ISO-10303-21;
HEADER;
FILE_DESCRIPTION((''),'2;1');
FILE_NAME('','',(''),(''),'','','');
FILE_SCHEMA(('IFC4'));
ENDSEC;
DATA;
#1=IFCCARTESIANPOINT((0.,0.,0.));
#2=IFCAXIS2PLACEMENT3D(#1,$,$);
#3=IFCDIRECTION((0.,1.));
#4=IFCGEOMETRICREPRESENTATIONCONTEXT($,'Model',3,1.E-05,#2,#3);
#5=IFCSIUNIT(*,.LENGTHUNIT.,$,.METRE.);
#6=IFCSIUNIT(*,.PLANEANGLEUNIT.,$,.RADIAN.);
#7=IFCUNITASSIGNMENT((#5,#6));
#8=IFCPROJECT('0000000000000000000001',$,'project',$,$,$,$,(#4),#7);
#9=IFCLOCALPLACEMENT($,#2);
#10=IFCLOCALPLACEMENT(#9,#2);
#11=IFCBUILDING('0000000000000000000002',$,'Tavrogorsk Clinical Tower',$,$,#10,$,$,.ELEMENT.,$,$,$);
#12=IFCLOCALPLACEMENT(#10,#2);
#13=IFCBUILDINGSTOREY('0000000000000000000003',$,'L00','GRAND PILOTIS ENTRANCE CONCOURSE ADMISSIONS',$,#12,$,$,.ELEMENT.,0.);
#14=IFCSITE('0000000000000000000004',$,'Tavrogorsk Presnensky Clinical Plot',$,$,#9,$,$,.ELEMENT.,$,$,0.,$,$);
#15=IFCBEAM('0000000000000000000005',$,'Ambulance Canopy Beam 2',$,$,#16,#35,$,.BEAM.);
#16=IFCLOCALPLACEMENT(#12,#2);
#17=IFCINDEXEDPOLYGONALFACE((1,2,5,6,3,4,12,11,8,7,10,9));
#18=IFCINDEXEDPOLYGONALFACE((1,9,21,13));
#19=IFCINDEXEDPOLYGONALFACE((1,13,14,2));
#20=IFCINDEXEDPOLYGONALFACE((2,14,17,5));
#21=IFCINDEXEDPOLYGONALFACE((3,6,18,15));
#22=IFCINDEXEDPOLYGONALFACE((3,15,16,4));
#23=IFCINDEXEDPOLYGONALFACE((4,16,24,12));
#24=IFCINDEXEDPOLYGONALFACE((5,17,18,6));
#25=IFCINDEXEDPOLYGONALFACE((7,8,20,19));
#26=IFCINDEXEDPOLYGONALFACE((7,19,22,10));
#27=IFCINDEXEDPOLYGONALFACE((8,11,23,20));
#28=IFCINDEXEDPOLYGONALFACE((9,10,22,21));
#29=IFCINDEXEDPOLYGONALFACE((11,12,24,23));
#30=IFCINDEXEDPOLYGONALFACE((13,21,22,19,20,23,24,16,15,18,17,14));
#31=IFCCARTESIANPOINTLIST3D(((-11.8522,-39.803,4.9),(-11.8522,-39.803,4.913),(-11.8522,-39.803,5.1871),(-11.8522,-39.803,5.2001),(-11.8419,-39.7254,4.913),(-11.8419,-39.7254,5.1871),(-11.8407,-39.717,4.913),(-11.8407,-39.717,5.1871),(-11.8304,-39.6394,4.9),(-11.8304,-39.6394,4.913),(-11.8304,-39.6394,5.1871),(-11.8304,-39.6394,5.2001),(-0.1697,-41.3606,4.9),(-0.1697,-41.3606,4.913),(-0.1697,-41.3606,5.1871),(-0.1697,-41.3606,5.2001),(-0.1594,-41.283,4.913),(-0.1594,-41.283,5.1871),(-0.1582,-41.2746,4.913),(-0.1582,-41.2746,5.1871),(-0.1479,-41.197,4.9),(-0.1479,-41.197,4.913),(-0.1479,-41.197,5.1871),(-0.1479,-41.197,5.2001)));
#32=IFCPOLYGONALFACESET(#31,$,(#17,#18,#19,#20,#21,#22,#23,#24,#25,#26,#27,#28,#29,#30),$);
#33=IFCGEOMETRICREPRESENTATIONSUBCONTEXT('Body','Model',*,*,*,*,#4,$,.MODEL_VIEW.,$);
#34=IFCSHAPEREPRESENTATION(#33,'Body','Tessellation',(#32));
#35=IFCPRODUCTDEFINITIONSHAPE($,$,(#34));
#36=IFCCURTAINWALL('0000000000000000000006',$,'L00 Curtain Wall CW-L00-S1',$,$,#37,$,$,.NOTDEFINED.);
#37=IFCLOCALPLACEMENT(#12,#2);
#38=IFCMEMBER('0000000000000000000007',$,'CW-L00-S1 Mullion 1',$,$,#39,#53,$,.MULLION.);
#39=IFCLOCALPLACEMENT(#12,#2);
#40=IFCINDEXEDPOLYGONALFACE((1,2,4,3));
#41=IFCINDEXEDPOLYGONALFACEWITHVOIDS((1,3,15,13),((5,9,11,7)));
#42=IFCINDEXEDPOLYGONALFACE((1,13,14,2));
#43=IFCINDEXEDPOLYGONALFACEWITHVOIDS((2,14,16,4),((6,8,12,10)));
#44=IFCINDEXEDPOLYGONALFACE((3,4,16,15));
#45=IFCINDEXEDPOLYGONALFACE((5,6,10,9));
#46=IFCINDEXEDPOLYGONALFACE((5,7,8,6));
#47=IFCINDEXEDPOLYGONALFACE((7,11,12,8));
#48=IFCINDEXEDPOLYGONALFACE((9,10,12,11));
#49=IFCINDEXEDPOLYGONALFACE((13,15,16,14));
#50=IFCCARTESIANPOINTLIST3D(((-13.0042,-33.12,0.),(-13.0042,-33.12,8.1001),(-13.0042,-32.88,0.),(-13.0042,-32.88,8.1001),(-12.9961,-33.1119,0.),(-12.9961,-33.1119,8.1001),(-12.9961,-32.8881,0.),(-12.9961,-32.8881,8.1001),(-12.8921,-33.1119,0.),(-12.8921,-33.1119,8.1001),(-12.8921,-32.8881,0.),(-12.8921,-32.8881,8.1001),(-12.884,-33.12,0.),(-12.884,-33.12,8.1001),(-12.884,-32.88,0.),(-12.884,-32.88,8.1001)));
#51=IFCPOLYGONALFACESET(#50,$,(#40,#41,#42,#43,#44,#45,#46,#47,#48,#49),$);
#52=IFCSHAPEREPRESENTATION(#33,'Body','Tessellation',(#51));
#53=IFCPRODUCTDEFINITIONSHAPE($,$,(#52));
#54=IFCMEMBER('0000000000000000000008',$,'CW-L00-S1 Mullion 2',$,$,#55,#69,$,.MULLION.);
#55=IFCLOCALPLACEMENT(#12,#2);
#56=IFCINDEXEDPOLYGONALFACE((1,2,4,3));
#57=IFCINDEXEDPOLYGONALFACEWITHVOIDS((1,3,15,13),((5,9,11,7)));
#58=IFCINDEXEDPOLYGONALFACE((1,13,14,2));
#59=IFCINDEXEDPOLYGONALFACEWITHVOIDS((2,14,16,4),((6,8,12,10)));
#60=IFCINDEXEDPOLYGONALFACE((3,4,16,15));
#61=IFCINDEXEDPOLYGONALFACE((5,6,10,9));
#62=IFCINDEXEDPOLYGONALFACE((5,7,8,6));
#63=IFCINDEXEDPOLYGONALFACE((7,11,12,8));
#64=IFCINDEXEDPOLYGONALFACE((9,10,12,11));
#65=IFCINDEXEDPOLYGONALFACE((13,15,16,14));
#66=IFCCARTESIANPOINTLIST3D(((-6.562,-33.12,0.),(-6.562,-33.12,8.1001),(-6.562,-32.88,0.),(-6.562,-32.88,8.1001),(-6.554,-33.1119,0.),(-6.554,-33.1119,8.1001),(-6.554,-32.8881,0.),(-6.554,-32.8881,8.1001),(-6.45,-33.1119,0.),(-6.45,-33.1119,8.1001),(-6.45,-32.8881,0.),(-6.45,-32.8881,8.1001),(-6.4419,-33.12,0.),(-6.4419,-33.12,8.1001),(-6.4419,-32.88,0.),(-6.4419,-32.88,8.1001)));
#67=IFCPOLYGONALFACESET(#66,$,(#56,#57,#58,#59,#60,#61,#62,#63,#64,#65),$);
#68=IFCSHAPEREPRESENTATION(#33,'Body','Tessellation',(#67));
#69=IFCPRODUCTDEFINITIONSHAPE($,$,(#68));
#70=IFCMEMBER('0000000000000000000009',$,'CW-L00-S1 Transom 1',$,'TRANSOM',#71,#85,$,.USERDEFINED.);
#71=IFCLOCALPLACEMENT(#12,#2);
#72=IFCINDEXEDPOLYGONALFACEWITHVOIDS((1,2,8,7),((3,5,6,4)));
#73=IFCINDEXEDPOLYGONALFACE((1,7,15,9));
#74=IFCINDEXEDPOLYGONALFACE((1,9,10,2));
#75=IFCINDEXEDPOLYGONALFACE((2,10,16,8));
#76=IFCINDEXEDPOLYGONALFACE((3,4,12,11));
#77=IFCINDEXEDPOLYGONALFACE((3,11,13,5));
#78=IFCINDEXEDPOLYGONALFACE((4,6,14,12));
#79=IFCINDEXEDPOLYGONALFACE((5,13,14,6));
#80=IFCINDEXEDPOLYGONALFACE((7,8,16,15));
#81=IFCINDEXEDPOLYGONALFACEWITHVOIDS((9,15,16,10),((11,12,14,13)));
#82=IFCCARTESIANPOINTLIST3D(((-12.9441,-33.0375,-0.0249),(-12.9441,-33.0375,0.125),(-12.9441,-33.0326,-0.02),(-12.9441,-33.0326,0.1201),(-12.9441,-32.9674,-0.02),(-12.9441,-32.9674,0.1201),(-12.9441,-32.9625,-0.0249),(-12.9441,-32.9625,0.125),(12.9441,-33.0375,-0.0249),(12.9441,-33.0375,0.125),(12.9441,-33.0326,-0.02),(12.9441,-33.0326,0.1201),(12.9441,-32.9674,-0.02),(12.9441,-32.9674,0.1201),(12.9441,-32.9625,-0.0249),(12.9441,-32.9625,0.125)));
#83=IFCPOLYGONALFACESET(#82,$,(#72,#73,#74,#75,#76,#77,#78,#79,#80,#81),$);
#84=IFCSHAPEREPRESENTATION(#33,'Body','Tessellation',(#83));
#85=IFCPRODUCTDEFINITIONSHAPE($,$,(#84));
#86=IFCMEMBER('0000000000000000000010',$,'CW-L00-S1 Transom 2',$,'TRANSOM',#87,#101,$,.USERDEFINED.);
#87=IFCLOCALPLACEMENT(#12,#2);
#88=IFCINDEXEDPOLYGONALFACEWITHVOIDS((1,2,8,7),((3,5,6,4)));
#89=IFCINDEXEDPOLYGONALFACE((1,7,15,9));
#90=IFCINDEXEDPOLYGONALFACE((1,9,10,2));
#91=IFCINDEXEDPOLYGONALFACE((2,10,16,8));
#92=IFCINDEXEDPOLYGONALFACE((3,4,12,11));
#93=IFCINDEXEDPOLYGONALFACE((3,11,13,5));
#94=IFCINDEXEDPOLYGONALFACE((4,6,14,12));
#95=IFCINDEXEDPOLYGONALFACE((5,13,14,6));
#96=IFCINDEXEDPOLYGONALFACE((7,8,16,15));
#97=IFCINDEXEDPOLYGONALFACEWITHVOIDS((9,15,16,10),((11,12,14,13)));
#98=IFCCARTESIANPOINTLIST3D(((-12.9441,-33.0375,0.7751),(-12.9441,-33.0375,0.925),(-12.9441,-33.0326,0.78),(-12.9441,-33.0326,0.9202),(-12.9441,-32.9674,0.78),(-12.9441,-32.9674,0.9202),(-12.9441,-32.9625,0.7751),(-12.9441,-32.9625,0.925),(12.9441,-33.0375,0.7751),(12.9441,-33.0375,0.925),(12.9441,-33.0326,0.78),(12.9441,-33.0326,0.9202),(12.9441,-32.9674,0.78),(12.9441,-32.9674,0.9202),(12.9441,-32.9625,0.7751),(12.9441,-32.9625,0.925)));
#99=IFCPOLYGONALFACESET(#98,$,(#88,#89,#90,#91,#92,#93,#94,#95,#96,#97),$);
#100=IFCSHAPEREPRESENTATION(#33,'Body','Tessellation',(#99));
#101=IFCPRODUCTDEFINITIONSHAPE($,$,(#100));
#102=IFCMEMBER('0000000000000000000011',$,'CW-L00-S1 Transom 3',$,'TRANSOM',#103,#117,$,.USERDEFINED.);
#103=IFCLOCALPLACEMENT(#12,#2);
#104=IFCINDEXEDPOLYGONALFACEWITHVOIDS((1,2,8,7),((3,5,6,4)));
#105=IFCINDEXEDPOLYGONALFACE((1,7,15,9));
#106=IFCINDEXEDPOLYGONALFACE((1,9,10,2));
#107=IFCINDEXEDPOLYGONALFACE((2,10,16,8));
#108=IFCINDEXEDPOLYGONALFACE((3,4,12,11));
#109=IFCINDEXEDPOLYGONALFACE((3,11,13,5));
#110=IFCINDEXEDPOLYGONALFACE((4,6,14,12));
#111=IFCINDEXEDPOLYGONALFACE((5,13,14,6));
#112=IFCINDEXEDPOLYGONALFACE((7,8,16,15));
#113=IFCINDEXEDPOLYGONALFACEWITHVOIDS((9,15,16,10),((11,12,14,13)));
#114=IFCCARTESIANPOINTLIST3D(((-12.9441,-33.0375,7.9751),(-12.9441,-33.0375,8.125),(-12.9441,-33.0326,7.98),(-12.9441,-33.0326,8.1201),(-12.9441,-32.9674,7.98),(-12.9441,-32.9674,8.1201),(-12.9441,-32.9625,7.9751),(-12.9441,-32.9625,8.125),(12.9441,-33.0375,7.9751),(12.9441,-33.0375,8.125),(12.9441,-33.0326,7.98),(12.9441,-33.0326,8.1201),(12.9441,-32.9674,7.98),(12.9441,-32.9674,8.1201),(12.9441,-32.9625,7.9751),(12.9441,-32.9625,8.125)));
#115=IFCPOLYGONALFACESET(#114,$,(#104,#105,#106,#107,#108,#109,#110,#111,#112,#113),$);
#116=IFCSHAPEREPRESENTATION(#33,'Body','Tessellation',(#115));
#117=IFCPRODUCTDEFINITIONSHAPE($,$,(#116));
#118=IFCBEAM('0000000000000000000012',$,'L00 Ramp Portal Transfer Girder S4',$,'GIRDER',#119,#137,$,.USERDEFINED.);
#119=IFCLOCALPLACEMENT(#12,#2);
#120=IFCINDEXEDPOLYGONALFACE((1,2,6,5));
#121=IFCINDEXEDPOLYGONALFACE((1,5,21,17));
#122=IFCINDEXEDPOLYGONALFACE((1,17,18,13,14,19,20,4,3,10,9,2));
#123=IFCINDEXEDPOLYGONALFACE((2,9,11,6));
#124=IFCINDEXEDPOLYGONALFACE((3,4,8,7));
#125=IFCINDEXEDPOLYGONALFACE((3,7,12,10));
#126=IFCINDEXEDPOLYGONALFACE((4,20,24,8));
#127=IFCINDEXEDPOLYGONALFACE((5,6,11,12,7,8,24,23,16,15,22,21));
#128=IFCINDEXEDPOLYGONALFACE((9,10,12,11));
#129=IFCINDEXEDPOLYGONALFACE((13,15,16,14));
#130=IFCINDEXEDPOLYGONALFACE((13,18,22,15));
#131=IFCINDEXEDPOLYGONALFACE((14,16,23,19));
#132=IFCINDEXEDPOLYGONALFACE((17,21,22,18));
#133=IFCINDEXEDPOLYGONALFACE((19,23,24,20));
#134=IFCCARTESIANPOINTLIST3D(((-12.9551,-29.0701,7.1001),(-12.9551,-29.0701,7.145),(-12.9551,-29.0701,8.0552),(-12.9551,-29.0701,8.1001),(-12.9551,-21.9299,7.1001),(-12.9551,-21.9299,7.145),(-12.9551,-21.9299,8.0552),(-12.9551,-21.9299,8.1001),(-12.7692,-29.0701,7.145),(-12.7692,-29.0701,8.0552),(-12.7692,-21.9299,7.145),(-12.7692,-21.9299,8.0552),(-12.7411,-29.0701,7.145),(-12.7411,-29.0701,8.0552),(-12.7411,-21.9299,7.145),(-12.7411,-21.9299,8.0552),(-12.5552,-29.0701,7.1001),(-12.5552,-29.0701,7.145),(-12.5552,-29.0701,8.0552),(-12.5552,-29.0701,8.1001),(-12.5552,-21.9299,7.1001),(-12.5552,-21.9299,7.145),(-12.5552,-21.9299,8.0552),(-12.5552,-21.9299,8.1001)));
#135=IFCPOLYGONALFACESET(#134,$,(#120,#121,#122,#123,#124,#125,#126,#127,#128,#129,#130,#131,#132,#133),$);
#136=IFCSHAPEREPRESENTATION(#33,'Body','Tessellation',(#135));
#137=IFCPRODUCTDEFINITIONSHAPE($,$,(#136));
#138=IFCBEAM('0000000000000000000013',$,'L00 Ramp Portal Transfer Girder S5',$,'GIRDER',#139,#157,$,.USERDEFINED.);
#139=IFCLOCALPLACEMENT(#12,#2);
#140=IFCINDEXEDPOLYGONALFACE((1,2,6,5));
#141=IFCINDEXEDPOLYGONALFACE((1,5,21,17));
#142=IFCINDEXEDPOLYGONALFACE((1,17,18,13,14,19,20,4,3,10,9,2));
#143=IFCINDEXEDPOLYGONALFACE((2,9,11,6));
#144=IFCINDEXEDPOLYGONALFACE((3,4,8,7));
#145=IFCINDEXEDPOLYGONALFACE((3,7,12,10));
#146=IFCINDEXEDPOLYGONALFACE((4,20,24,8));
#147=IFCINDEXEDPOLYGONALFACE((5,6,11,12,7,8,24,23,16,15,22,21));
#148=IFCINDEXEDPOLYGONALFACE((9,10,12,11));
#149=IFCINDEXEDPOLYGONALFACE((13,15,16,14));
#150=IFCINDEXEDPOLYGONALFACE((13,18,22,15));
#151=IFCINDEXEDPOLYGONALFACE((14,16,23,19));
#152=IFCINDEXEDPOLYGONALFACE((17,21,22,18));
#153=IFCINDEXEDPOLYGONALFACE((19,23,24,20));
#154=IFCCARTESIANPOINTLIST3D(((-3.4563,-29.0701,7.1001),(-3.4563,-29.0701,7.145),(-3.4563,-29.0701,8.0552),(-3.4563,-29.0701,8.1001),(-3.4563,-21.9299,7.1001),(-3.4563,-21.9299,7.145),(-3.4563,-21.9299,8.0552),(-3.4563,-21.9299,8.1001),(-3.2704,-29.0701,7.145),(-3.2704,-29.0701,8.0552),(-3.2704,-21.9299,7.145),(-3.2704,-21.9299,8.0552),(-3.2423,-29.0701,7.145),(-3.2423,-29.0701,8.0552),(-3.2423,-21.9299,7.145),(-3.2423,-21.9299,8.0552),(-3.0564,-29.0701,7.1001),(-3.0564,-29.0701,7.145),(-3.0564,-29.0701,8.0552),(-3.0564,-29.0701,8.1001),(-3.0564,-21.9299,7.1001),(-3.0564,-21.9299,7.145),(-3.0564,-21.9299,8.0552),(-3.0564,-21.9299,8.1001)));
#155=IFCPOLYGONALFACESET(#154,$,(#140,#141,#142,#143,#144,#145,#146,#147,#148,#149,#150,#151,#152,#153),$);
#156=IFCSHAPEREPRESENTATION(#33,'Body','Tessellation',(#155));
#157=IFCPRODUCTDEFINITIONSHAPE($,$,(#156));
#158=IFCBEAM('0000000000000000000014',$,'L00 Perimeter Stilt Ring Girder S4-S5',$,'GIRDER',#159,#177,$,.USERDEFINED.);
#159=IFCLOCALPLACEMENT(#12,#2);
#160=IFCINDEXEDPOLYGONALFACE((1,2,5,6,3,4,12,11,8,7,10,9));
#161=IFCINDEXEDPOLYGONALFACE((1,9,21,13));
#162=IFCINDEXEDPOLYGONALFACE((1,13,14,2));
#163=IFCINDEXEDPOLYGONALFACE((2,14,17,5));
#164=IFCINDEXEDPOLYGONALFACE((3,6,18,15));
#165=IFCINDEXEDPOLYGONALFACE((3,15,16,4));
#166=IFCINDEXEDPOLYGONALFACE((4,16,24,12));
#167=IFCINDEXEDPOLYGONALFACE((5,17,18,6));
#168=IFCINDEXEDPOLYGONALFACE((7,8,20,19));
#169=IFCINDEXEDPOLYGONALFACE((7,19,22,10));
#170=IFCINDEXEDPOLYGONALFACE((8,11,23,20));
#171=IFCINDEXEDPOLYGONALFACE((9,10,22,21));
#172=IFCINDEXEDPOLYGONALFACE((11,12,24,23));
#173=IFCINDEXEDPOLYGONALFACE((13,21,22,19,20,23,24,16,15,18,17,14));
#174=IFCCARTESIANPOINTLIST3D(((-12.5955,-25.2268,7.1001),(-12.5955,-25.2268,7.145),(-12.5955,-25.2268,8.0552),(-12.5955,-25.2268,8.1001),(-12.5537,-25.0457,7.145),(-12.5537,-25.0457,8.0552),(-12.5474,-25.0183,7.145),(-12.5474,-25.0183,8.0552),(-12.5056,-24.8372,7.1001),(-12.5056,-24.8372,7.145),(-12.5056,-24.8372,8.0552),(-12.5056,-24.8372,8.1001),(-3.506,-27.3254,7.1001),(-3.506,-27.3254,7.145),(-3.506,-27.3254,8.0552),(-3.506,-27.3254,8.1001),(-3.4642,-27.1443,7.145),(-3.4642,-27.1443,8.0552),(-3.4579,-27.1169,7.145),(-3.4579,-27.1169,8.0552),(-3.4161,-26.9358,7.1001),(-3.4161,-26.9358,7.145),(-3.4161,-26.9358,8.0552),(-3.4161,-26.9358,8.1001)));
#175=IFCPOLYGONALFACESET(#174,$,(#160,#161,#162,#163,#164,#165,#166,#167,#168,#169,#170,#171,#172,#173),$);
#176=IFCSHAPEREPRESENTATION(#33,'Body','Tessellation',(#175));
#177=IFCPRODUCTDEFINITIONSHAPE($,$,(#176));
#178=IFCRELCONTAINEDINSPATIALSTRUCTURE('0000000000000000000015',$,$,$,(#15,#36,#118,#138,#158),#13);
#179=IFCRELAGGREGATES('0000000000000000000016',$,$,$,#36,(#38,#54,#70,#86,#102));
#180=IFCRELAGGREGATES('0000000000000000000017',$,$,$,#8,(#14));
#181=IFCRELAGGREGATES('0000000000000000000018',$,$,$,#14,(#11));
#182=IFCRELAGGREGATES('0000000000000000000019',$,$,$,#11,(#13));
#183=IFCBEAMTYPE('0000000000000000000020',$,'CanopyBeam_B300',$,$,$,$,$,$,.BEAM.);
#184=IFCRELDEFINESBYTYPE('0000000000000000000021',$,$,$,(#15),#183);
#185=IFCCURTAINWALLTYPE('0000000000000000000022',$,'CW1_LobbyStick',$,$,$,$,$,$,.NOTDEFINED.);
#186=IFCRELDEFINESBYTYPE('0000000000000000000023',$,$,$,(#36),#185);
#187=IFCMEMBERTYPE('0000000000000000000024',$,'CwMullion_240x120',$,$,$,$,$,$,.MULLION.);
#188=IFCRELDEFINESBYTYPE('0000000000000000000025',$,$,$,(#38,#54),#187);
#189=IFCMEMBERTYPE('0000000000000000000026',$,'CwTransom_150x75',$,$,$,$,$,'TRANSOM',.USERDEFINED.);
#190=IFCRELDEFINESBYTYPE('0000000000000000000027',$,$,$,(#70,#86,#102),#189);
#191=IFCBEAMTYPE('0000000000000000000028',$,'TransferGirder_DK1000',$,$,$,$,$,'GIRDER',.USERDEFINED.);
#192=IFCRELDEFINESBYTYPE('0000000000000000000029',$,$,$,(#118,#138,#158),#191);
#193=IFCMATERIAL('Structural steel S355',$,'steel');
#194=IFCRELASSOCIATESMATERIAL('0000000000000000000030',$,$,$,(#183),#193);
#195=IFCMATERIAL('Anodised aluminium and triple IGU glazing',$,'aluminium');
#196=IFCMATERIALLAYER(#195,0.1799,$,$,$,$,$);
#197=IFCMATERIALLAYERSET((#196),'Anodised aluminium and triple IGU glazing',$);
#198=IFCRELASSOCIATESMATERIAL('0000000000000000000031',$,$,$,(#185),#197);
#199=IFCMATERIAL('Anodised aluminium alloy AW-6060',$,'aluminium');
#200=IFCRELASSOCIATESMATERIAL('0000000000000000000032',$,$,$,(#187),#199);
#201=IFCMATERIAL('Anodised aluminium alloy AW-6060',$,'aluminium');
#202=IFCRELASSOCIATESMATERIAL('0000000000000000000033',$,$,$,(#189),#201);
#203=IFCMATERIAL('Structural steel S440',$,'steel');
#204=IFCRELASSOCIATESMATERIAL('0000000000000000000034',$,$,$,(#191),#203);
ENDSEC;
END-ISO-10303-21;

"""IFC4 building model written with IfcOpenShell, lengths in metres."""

from ifc_helpers import new_model, si_unit, direction, frame, origin, origin_2d, place, context, subcontext, project, spatial, hollow_rectangle, i_section, extrude, material, layer, layer_set, material_profile, profile_set, type_object, element, aggregate, save


model = new_model("IFC4")

# Units and contexts
model_context = context("Model", 3, precision=1e-05, world=origin(), true_north=direction((0.0, 1.0)))
body_context = subcontext(model_context, "Body", "Model", "MODEL_VIEW")
ifc_project = project(units=[si_unit("LENGTHUNIT", "METRE"), si_unit("PLANEANGLEUNIT", "RADIAN")], contexts=[model_context])

# Site, building, storey
site_placement = place(None, origin())
site = spatial("IfcSite", under=ifc_project, at=site_placement, Name="Tavrogorsk Presnensky Clinical Plot", CompositionType="ELEMENT", RefElevation=0.0)
building_placement = place(site_placement, origin())
building = spatial("IfcBuilding", under=site, at=building_placement, Name="Tavrogorsk Clinical Tower", CompositionType="ELEMENT")
storey_placement = place(building_placement, origin())
storey = spatial("IfcBuildingStorey", under=building, at=storey_placement, Name="L00", Description="GRAND PILOTIS ENTRANCE CONCOURSE ADMISSIONS", CompositionType="ELEMENT", Elevation=0.0)

# Beam
ifc_material_1 = material(Name="Structural steel S355", Category="steel")
ifc_material_profile_1 = material_profile(ifc_material_1, i_section(OverallWidth=0.165, OverallDepth=0.3, WebThickness=0.0085, FlangeThickness=0.0129, at=origin_2d()), Name="B-300x165x8.5x13")
ifc_profile_set_1 = profile_set([ifc_material_profile_1], Name="Structural steel S355")
beam_type_1 = type_object("IfcBeamType", Name="CanopyBeam_B300", PredefinedType="BEAM", material=ifc_profile_set_1)
beam_1_placement = place(storey_placement, frame((-11.8413, -39.7212, 5.05), z_axis=(0.991229, -0.132158, 0.0), x_axis=(0.132158, 0.991229, 0.0)))
element("IfcBeam", 1, at=beam_1_placement, inside=storey, type_object=beam_type_1, Name="Ambulance Canopy Beam 2", PredefinedType="BEAM", context=body_context, shape_type="SweptSolid", body=[
    extrude(i_section(OverallWidth=0.165, OverallDepth=0.3, WebThickness=0.0085, FlangeThickness=0.0129, at=origin_2d()), origin(), (0.0, 0.0, 1.0), 11.7859),
])

# Curtain wall, members
ifc_material_2 = material(Name="Anodised aluminium and triple IGU glazing", Category="aluminium")
ifc_layer_1 = layer(ifc_material_2, 0.1799)
ifc_layer_set_1 = layer_set([ifc_layer_1], Name="Anodised aluminium and triple IGU glazing")
curtain_wall_type = type_object("IfcCurtainWallType", Name="CW1_LobbyStick", PredefinedType="NOTDEFINED", material=ifc_layer_set_1)
curtain_wall_placement = place(storey_placement, origin())
curtain_wall = element("IfcCurtainWall", 2, at=curtain_wall_placement, inside=storey, type_object=curtain_wall_type, Name="L00 Curtain Wall CW-L00-S1", PredefinedType="NOTDEFINED")
ifc_material_3 = material(Name="Anodised aluminium alloy AW-6060", Category="aluminium")
ifc_material_profile_2 = material_profile(ifc_material_3, hollow_rectangle(XDim=0.1201, YDim=0.24, WallThickness=0.0081, at=origin_2d()), Name="RHS-240x120x8")
ifc_profile_set_2 = profile_set([ifc_material_profile_2], Name="Anodised aluminium alloy AW-6060")
member_type_1 = type_object("IfcMemberType", Name="CwMullion_240x120", PredefinedType="MULLION", material=ifc_profile_set_2)
member_1_placement = place(storey_placement, frame((-12.9441, -33.0, 0.0), z_axis=(0.0, 0.0, 1.0), x_axis=(1.0, 0.0, 0.0)))
member_1 = element("IfcMember", 3, at=member_1_placement, type_object=member_type_1, Name="CW-L00-S1 Mullion 1", PredefinedType="MULLION", context=body_context, shape_type="SweptSolid", body=[
    extrude(hollow_rectangle(XDim=0.1201, YDim=0.24, WallThickness=0.0081, at=origin_2d()), origin(), (0.0, 0.0, 1.0), 8.1001),
])
member_2_placement = place(storey_placement, frame((-6.502, -33.0, 0.0), z_axis=(0.0, 0.0, 1.0), x_axis=(1.0, 0.0, 0.0)))
member_2 = element("IfcMember", 4, at=member_2_placement, type_object=member_type_1, Name="CW-L00-S1 Mullion 2", PredefinedType="MULLION", context=body_context, shape_type="SweptSolid", body=[
    extrude(hollow_rectangle(XDim=0.1201, YDim=0.24, WallThickness=0.0081, at=origin_2d()), origin(), (0.0, 0.0, 1.0), 8.1001),
])
ifc_material_4 = material(Name="Anodised aluminium alloy AW-6060", Category="aluminium")
ifc_material_profile_3 = material_profile(ifc_material_4, hollow_rectangle(XDim=0.075, YDim=0.1499, WallThickness=0.0049, at=origin_2d()), Name="RHS-150x75x5")
ifc_profile_set_3 = profile_set([ifc_material_profile_3], Name="Anodised aluminium alloy AW-6060")
member_type_2 = type_object("IfcMemberType", Name="CwTransom_150x75", ElementType="TRANSOM", PredefinedType="USERDEFINED", material=ifc_profile_set_3)
member_3_placement = place(storey_placement, frame((-12.9441, -33.0, 0.05), z_axis=(1.0, 0.0, 0.0), x_axis=(0.0, 1.0, 0.0)))
member_3 = element("IfcMember", 5, at=member_3_placement, type_object=member_type_2, Name="CW-L00-S1 Transom 1", ObjectType="TRANSOM", PredefinedType="USERDEFINED", context=body_context, shape_type="SweptSolid", body=[
    extrude(hollow_rectangle(XDim=0.075, YDim=0.1499, WallThickness=0.0049, at=origin_2d()), origin(), (0.0, 0.0, 1.0), 25.8882),
])
member_4_placement = place(storey_placement, frame((-12.9441, -33.0, 0.8501), z_axis=(1.0, 0.0, 0.0), x_axis=(0.0, 1.0, 0.0)))
member_4 = element("IfcMember", 6, at=member_4_placement, type_object=member_type_2, Name="CW-L00-S1 Transom 2", ObjectType="TRANSOM", PredefinedType="USERDEFINED", context=body_context, shape_type="SweptSolid", body=[
    extrude(hollow_rectangle(XDim=0.075, YDim=0.1499, WallThickness=0.0049, at=origin_2d()), origin(), (0.0, 0.0, 1.0), 25.8882),
])
member_5_placement = place(storey_placement, frame((-12.9441, -33.0, 8.05), z_axis=(1.0, 0.0, 0.0), x_axis=(0.0, 1.0, 0.0)))
member_5 = element("IfcMember", 7, at=member_5_placement, type_object=member_type_2, Name="CW-L00-S1 Transom 3", ObjectType="TRANSOM", PredefinedType="USERDEFINED", context=body_context, shape_type="SweptSolid", body=[
    extrude(hollow_rectangle(XDim=0.075, YDim=0.1499, WallThickness=0.0049, at=origin_2d()), origin(), (0.0, 0.0, 1.0), 25.8882),
])

# Beams
ifc_material_5 = material(Name="Structural steel S440", Category="steel")
ifc_material_profile_4 = material_profile(ifc_material_5, i_section(OverallWidth=0.3999, OverallDepth=1.0, WebThickness=0.0281, FlangeThickness=0.0449, at=origin_2d()), Name="DK-1000x400x28x45")
ifc_profile_set_4 = profile_set([ifc_material_profile_4], Name="Structural steel S440")
beam_type_2 = type_object("IfcBeamType", Name="TransferGirder_DK1000", ElementType="GIRDER", PredefinedType="USERDEFINED", material=ifc_profile_set_4)
for number, where, z_axis, x_axis, name in (
    (8, (-12.7551, -29.0701, 7.6001), (0.0, 1.0, 0.0), (-1.0, 0.0, 0.0), "L00 Ramp Portal Transfer Girder S4"),
    (9, (-3.2563, -29.0701, 7.6001), (0.0, 1.0, 0.0), (-1.0, 0.0, 0.0), "L00 Ramp Portal Transfer Girder S5"),
):
    element("IfcBeam", number, at=place(storey_placement, frame(where, z_axis=z_axis, x_axis=x_axis)), inside=storey, type_object=beam_type_2, Name=name, ObjectType="GIRDER", PredefinedType="USERDEFINED", context=body_context, shape_type="SweptSolid", body=[
        extrude(i_section(OverallWidth=0.3999, OverallDepth=1.0, WebThickness=0.0281, FlangeThickness=0.0449, at=origin_2d()), origin(), (0.0, 0.0, 1.0), 7.1401),
    ])
beam_2_placement = place(storey_placement, frame((-12.5505, -25.032, 7.6001), z_axis=(0.974367, -0.224965, 0.0), x_axis=(0.224965, 0.974367, 0.0)))
element("IfcBeam", 10, at=beam_2_placement, inside=storey, type_object=beam_type_2, Name="L00 Perimeter Stilt Ring Girder S4-S5", ObjectType="GIRDER", PredefinedType="USERDEFINED", context=body_context, shape_type="SweptSolid", body=[
    extrude(i_section(OverallWidth=0.3999, OverallDepth=1.0, WebThickness=0.0281, FlangeThickness=0.0449, at=origin_2d()), origin(), (0.0, 0.0, 1.0), 9.3286),
])

aggregate(curtain_wall, [member_1, member_2, member_3, member_4, member_5])

save(model, "model.ifc")
